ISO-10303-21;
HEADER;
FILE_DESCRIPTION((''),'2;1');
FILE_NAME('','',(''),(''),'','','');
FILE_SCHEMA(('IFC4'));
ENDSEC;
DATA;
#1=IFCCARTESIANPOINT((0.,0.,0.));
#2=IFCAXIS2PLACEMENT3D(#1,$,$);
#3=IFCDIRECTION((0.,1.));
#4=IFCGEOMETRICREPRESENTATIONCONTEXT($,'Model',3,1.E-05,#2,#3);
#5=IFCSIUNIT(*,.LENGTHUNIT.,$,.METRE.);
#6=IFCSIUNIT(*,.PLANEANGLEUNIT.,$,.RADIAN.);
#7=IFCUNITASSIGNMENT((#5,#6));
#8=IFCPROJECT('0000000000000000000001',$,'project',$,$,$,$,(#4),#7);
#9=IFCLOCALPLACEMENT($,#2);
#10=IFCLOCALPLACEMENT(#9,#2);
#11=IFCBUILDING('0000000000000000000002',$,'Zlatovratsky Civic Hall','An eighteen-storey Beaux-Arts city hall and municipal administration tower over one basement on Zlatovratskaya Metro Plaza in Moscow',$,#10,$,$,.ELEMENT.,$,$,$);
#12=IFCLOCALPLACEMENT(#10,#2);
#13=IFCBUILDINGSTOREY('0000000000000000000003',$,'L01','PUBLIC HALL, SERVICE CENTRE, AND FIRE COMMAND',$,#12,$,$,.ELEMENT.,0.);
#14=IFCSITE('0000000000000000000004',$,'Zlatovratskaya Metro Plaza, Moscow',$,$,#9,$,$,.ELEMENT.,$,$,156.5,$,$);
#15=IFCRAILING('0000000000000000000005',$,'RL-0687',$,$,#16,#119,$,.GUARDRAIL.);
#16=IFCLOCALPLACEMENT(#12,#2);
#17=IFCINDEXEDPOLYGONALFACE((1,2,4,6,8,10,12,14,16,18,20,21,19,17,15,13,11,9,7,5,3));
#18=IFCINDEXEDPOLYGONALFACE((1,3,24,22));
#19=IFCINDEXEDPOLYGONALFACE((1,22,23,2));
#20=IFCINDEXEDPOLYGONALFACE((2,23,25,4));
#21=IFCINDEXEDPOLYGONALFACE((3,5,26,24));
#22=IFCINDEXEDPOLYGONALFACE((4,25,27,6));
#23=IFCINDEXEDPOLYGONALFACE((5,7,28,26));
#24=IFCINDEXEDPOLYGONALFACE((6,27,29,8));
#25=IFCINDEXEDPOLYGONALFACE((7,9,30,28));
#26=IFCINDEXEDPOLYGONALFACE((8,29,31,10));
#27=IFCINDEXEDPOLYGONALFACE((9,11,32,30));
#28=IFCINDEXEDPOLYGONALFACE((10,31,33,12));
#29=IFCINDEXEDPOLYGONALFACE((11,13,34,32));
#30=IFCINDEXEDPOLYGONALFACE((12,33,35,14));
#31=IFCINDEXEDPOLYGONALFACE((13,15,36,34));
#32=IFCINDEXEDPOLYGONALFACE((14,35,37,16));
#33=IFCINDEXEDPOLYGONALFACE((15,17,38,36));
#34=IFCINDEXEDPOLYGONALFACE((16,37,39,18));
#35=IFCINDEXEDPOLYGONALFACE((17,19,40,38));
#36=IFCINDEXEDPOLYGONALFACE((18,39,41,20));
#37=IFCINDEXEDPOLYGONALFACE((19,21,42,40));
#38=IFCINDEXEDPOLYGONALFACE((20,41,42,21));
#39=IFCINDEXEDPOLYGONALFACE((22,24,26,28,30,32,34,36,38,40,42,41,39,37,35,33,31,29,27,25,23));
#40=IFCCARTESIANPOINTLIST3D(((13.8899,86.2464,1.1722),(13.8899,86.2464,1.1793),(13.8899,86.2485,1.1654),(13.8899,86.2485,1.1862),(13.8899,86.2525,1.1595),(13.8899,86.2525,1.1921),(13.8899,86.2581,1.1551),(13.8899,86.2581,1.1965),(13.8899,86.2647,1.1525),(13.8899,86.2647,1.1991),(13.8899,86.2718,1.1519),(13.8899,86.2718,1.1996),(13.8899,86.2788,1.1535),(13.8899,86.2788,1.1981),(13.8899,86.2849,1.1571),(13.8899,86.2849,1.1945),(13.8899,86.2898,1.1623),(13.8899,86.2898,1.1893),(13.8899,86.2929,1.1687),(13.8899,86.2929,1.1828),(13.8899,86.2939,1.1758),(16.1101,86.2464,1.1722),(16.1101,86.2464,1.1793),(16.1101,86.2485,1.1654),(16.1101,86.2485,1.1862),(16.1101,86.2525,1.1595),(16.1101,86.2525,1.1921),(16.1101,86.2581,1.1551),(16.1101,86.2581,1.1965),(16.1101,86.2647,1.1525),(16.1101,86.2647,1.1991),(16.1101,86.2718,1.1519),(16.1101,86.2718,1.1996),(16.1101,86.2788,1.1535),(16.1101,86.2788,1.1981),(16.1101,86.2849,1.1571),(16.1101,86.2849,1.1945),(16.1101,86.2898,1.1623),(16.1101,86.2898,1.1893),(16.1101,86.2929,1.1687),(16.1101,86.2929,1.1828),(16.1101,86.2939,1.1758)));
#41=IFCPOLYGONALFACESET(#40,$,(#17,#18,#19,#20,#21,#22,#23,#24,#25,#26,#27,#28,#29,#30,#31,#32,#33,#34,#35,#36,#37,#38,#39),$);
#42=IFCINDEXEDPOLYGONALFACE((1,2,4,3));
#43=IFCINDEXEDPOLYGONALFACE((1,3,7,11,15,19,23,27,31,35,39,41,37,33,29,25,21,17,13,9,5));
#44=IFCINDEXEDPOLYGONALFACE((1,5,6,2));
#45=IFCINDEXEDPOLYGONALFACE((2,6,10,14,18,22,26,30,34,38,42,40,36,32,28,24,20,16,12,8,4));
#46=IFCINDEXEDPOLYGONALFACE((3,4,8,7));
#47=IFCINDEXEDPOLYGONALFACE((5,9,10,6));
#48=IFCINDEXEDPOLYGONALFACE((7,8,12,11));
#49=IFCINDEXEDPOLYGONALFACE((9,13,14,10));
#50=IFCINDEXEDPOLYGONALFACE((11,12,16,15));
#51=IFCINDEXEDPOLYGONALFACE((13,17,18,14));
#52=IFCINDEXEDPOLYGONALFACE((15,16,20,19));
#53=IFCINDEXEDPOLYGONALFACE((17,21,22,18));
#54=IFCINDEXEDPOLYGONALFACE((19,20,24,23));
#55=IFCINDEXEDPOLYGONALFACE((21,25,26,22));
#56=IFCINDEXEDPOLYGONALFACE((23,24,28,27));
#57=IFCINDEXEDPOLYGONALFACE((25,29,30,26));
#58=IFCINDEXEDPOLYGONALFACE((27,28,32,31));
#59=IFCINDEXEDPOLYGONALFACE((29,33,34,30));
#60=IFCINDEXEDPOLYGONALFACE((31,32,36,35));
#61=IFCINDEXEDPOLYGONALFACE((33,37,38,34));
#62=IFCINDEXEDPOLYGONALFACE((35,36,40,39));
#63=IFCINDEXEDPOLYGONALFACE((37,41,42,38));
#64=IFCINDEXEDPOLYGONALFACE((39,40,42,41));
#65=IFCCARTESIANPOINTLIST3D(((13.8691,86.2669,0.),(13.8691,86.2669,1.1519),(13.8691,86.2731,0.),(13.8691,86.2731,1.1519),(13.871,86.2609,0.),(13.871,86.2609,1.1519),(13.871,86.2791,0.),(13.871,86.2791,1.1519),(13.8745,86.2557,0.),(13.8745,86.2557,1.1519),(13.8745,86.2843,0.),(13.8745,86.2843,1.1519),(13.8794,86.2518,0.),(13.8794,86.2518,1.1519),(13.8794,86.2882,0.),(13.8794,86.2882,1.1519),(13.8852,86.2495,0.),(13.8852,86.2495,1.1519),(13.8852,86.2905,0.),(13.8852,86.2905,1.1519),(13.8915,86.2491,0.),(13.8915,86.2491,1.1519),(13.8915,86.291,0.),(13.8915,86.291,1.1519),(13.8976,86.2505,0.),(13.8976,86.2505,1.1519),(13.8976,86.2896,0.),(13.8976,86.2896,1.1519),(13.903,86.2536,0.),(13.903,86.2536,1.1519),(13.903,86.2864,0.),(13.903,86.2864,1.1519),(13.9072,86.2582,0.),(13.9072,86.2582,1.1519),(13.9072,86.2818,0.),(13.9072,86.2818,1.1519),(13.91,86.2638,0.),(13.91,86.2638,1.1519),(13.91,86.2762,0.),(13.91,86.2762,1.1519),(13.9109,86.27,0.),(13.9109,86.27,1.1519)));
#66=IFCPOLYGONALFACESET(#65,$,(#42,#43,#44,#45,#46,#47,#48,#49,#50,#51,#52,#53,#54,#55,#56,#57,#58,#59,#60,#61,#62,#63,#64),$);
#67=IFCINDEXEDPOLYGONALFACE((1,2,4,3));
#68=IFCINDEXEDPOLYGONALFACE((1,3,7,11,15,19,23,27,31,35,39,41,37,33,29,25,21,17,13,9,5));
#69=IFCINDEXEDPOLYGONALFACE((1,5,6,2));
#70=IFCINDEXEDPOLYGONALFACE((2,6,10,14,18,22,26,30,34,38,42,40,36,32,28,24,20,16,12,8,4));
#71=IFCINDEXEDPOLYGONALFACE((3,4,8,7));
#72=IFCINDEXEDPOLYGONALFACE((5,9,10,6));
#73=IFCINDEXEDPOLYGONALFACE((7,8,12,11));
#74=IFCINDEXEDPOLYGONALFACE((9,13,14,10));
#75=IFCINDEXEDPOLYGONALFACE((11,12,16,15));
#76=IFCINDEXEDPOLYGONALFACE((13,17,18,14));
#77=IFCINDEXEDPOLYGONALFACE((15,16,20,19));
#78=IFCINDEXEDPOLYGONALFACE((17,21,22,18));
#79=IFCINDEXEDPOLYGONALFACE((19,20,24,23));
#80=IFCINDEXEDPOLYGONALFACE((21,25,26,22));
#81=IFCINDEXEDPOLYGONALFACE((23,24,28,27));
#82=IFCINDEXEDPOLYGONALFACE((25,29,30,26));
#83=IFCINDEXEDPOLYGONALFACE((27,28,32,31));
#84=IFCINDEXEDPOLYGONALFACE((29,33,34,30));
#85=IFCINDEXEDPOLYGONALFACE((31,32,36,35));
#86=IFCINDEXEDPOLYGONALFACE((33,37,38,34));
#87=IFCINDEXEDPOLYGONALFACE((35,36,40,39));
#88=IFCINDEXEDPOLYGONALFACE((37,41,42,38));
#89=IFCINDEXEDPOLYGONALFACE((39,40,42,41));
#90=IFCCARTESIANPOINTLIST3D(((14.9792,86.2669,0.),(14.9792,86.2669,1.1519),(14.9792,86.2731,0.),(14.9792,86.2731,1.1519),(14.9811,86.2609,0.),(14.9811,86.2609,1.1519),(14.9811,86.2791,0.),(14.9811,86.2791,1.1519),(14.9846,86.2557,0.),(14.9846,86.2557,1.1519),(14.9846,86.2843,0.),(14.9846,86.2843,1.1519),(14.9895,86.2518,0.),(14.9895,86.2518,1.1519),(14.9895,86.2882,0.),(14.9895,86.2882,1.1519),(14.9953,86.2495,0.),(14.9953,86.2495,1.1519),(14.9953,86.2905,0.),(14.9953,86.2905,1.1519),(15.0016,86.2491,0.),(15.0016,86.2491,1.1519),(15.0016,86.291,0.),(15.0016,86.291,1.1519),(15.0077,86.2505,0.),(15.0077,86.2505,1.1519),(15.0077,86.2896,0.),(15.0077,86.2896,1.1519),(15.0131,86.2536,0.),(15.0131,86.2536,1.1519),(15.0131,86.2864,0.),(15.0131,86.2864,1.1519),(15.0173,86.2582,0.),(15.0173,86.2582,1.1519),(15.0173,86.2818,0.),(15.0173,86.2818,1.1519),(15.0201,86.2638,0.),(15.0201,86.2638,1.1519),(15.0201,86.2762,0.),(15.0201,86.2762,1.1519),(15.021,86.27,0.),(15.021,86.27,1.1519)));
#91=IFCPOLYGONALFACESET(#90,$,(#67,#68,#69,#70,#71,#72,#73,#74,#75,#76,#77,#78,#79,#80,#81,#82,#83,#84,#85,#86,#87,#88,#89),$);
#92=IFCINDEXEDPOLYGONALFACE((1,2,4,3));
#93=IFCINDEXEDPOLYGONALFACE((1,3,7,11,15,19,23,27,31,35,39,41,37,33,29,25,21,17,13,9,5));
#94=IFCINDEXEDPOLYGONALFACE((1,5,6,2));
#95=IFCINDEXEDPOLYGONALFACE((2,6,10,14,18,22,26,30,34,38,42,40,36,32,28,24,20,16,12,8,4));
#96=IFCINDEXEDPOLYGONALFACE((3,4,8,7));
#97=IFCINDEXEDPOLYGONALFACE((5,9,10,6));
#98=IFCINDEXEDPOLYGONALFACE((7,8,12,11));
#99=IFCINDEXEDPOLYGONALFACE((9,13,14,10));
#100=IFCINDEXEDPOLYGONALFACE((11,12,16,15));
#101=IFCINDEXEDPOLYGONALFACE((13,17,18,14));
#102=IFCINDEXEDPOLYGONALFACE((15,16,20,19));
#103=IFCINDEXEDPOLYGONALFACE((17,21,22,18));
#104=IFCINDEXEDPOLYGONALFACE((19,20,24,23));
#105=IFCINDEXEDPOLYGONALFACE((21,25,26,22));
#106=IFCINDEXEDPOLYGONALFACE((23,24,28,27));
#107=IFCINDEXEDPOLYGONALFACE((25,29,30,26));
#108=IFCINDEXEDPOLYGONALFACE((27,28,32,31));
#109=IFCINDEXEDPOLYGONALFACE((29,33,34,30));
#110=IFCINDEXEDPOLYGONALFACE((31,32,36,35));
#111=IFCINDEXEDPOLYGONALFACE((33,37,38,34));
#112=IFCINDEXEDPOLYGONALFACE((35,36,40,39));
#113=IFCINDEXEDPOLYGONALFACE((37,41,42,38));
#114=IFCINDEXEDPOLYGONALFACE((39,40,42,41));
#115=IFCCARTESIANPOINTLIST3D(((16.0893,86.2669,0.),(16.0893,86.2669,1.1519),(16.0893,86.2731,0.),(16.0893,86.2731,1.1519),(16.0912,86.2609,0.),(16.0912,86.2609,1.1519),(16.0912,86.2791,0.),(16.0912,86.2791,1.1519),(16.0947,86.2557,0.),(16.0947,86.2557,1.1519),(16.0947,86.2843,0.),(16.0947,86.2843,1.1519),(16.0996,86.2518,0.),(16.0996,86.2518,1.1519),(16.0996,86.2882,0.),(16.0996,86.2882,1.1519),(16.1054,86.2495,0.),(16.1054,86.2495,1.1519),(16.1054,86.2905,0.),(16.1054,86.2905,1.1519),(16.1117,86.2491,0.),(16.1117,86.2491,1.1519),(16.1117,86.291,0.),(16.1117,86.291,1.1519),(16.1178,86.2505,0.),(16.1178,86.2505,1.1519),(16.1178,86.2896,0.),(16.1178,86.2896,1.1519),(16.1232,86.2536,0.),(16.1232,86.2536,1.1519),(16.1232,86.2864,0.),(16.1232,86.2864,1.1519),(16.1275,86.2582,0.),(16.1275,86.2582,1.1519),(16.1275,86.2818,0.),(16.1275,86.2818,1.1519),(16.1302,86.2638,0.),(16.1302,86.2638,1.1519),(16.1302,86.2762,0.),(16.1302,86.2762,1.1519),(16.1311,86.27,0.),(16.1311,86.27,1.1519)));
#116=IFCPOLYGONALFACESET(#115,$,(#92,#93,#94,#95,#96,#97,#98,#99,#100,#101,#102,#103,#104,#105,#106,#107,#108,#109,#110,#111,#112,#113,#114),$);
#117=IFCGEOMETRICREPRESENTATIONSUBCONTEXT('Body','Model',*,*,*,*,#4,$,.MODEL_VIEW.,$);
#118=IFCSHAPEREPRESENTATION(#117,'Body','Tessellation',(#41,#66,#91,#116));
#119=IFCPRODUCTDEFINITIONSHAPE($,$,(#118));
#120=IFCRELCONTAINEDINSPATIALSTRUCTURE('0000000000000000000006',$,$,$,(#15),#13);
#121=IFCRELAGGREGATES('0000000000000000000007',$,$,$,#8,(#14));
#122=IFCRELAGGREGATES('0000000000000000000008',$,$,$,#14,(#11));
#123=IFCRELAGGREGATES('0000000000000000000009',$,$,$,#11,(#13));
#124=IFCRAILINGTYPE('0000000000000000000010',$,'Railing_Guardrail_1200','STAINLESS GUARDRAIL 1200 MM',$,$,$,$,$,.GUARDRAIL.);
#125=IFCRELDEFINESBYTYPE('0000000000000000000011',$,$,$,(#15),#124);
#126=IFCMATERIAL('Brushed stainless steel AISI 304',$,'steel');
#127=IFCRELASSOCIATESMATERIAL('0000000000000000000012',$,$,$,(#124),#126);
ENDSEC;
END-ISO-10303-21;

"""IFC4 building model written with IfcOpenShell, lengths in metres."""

from ifc_helpers import new_model, si_unit, direction, frame, origin, origin_2d, place, context, subcontext, project, spatial, circle, extrude, material, type_object, element, save


model = new_model("IFC4")

# Units and contexts
model_context = context("Model", 3, precision=1e-05, world=origin(), true_north=direction((0.0, 1.0)))
body_context = subcontext(model_context, "Body", "Model", "MODEL_VIEW")
ifc_project = project(units=[si_unit("LENGTHUNIT", "METRE"), si_unit("PLANEANGLEUNIT", "RADIAN")], contexts=[model_context])

# Site, building, storey
site_placement = place(None, origin())
site = spatial("IfcSite", under=ifc_project, at=site_placement, Name="Zlatovratskaya Metro Plaza, Moscow", CompositionType="ELEMENT", RefElevation=156.5)
building_placement = place(site_placement, origin())
building = spatial("IfcBuilding", under=site, at=building_placement, Name="Zlatovratsky Civic Hall", Description="An eighteen-storey Beaux-Arts city hall and municipal administration tower over one basement on Zlatovratskaya Metro Plaza in Moscow", CompositionType="ELEMENT")
storey_placement = place(building_placement, origin())
storey = spatial("IfcBuildingStorey", under=building, at=storey_placement, Name="L01", Description="PUBLIC HALL, SERVICE CENTRE, AND FIRE COMMAND", CompositionType="ELEMENT", Elevation=0.0)

# Railing
ifc_material_1 = material(Name="Brushed stainless steel AISI 304", Category="steel")
railing_type_1 = type_object("IfcRailingType", Name="Railing_Guardrail_1200", Description="STAINLESS GUARDRAIL 1200 MM", PredefinedType="GUARDRAIL", material=ifc_material_1)
railing_1_placement = place(storey_placement, frame((13.8899, 86.27, 0.0)))
element("IfcRailing", 1, at=railing_1_placement, inside=storey, type_object=railing_type_1, Name="RL-0687", PredefinedType="GUARDRAIL", context=body_context, shape_type="SweptSolid", body=[
    extrude(circle(Radius=0.0239, at=origin_2d()), frame((0.0, 0.0, 1.1758), z_axis=(1.0, 0.0, 0.0), x_axis=(0.0, 1.0, 0.0)), (0.0, 0.0, 1.0), 2.2202),
    extrude(circle(Radius=0.021, at=origin_2d()), origin(), (0.0, 0.0, 1.0), 1.1519),
    extrude(circle(Radius=0.021, at=origin_2d()), frame((1.1101, 0.0, 0.0)), (0.0, 0.0, 1.0), 1.1519),
    extrude(circle(Radius=0.021, at=origin_2d()), frame((2.2202, 0.0, 0.0)), (0.0, 0.0, 1.0), 1.1519),
])

save(model, "model.ifc")
